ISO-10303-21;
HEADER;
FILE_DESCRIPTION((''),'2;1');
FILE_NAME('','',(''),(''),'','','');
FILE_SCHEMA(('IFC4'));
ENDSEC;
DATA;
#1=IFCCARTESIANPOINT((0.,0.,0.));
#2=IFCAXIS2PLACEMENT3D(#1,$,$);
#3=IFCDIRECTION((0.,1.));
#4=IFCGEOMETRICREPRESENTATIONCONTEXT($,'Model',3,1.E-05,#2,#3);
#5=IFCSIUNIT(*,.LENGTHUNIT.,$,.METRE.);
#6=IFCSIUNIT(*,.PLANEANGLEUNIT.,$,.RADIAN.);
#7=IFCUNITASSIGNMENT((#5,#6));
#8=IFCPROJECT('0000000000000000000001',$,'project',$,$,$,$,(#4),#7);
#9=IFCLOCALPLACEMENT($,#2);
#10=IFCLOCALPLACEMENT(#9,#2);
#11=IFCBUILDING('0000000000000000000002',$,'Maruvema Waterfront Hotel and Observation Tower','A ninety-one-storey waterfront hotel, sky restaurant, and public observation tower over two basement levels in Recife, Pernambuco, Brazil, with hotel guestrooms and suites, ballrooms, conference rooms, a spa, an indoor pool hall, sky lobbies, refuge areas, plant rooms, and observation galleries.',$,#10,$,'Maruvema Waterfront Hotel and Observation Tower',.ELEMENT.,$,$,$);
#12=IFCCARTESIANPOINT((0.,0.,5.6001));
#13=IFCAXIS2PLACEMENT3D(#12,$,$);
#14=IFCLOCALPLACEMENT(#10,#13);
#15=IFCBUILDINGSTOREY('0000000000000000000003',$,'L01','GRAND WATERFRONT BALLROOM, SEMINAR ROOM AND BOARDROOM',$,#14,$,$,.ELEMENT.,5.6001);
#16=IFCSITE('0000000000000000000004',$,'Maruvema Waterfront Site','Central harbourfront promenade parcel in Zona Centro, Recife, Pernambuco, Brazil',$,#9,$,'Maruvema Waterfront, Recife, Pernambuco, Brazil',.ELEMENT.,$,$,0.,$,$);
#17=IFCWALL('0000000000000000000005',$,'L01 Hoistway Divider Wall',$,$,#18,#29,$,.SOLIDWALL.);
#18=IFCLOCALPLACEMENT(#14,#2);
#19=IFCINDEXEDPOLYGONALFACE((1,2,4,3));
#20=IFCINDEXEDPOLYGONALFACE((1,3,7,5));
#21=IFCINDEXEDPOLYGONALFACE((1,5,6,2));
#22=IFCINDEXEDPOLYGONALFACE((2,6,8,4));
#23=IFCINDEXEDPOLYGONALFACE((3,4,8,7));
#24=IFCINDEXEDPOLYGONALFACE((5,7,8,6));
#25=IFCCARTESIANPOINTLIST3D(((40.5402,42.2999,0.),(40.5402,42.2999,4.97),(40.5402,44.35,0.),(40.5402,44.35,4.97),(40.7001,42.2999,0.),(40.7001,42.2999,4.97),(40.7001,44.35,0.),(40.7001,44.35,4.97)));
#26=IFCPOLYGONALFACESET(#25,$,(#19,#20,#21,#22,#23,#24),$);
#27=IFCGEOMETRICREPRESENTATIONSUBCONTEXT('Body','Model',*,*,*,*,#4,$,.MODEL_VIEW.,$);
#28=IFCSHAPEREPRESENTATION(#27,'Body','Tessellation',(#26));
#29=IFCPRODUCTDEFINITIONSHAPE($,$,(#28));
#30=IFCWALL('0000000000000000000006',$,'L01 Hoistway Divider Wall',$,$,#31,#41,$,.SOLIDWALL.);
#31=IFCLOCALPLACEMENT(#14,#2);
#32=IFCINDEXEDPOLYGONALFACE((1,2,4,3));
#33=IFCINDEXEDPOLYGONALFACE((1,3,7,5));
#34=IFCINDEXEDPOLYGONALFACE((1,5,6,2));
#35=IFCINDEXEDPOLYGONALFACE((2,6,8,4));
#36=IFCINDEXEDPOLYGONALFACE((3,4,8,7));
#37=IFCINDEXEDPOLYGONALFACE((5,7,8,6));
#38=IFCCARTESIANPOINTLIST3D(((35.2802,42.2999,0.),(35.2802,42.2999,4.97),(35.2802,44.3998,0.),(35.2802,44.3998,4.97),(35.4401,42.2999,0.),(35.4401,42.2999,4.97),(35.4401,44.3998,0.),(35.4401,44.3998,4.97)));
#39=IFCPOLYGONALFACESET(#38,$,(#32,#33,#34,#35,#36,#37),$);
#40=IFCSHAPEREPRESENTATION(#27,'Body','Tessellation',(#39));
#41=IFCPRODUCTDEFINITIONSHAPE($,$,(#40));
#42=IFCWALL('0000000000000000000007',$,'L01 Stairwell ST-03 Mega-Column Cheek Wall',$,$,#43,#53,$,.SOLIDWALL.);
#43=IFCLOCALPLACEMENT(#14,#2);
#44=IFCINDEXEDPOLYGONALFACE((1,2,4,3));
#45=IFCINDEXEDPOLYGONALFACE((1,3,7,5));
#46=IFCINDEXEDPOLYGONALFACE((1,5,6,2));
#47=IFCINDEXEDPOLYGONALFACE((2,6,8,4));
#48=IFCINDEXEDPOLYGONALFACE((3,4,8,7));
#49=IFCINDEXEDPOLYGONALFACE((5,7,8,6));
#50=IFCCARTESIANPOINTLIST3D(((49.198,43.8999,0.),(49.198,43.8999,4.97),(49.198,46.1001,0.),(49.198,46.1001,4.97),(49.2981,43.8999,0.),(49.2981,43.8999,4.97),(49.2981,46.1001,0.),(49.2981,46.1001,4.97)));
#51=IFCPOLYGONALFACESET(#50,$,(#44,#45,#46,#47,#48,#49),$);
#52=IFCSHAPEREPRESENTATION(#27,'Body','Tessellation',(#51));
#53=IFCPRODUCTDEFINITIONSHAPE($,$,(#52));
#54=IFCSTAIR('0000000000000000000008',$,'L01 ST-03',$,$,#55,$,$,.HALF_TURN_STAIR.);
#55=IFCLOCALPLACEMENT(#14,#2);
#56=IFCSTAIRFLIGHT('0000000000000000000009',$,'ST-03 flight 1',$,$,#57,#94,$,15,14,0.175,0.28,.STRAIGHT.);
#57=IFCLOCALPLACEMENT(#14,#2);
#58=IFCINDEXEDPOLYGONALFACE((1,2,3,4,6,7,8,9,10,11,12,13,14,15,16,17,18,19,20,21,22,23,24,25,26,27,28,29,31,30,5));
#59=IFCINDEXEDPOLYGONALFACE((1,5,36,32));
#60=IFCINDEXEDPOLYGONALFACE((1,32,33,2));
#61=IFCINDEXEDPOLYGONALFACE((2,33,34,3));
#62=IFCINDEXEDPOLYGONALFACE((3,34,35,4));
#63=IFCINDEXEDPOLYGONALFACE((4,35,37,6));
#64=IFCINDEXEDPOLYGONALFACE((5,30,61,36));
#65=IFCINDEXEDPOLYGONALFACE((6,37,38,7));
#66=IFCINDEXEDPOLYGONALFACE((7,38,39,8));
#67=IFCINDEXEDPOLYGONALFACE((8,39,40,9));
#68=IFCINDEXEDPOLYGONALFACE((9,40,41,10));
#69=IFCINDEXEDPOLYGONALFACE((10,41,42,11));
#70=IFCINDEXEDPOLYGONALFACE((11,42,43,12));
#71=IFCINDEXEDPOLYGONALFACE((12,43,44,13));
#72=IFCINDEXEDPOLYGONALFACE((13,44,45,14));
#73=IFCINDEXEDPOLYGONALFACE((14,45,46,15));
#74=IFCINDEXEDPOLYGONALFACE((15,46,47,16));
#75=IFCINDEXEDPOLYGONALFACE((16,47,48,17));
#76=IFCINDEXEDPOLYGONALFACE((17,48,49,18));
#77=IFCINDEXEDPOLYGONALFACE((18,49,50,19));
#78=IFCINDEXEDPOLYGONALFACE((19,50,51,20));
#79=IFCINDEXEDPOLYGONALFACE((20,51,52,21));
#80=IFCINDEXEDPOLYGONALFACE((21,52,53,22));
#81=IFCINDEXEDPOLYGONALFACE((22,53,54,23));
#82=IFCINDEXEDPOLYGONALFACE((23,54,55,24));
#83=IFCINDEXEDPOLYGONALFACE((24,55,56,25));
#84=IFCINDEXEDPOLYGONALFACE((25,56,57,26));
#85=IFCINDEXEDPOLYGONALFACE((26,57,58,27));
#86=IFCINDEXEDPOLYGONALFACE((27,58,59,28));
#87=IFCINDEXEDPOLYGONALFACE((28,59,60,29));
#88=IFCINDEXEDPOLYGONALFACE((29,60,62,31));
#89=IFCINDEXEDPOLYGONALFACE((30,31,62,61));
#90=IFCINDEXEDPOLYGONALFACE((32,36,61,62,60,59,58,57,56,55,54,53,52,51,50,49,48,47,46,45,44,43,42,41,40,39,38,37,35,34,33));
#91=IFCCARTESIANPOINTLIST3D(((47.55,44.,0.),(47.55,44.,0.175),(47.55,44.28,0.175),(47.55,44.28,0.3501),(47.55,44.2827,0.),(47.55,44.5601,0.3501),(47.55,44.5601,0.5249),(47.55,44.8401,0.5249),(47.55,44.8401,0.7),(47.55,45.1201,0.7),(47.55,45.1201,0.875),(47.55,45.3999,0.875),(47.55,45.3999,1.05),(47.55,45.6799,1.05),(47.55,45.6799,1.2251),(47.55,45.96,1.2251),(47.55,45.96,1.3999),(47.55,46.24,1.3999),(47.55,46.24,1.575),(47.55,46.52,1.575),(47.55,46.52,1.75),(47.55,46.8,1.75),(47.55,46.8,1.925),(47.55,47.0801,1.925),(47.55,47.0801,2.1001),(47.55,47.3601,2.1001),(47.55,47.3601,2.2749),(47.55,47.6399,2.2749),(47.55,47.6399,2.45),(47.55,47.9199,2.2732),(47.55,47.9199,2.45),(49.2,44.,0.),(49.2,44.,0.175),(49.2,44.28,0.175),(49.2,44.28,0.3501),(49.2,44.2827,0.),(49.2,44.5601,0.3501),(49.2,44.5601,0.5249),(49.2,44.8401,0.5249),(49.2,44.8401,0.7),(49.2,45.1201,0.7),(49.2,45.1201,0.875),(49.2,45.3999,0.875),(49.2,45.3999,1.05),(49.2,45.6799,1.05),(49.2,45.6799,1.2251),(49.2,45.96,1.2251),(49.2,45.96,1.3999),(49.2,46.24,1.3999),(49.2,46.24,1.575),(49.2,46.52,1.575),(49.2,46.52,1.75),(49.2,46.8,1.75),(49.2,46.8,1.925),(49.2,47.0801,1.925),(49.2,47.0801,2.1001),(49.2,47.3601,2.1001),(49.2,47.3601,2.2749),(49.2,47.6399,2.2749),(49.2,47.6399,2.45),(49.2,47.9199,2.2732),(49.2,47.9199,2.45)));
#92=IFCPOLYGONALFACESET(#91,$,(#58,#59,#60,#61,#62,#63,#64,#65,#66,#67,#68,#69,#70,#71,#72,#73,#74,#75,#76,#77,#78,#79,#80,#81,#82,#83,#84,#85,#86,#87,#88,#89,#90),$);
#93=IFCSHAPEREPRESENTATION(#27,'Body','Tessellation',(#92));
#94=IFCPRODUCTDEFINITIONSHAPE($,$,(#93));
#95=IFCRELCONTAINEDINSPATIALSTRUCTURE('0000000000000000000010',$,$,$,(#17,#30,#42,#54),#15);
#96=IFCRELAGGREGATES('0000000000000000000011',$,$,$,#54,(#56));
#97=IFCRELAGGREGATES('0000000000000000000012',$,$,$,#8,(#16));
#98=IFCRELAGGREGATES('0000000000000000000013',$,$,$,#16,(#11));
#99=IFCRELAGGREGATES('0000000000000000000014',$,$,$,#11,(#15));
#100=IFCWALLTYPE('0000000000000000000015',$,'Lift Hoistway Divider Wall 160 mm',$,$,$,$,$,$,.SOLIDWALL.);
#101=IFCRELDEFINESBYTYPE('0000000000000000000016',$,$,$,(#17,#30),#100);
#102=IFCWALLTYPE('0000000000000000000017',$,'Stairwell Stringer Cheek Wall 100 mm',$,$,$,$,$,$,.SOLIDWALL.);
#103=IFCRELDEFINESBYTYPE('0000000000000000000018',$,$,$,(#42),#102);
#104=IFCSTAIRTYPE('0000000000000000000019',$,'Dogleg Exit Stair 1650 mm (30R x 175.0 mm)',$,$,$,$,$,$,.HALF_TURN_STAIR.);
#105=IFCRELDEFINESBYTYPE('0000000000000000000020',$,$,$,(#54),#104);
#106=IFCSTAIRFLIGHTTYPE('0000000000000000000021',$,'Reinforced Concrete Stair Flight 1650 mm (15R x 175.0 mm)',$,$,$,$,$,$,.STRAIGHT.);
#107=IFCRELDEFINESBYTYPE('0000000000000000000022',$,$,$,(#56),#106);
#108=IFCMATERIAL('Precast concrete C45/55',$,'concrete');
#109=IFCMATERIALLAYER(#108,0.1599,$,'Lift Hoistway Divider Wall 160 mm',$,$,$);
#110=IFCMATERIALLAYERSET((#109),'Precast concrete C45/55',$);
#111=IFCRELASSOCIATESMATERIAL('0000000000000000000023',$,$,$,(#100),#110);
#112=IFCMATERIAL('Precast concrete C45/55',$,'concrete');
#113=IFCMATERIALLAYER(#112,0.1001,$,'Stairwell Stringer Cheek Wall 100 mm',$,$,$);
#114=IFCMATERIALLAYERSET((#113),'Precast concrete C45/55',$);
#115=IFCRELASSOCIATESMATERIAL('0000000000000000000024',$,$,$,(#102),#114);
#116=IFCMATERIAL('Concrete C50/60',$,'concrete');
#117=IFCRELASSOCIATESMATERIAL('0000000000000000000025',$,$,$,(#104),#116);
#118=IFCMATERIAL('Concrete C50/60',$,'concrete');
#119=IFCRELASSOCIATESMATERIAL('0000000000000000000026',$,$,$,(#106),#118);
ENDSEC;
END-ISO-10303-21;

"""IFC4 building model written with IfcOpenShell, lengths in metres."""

from ifc_helpers import new_model, si_unit, direction, frame, frame_2d, origin, place, context, subcontext, project, spatial, polyline, rectangle, outline, extrude, material, layer, layer_set, type_object, element, aggregate, save


model = new_model("IFC4")

# Units and contexts
model_context = context("Model", 3, precision=1e-05, world=origin(), true_north=direction((0.0, 1.0)))
body_context = subcontext(model_context, "Body", "Model", "MODEL_VIEW")
ifc_project = project(units=[si_unit("LENGTHUNIT", "METRE"), si_unit("PLANEANGLEUNIT", "RADIAN")], contexts=[model_context])

# Site, building, storey
site_placement = place(None, origin())
site = spatial("IfcSite", under=ifc_project, at=site_placement, Name="Maruvema Waterfront Site", Description="Central harbourfront promenade parcel in Zona Centro, Recife, Pernambuco, Brazil", LongName="Maruvema Waterfront, Recife, Pernambuco, Brazil", CompositionType="ELEMENT", RefElevation=0.0)
building_placement = place(site_placement, origin())
building = spatial("IfcBuilding", under=site, at=building_placement, Name="Maruvema Waterfront Hotel and Observation Tower", Description="A ninety-one-storey waterfront hotel, sky restaurant, and public observation tower over two basement levels in Recife, Pernambuco, Brazil, with hotel guestrooms and suites, ballrooms, conference rooms, a spa, an indoor pool hall, sky lobbies, refuge areas, plant rooms, and observation galleries.", LongName="Maruvema Waterfront Hotel and Observation Tower", CompositionType="ELEMENT")
storey_placement = place(building_placement, frame((0.0, 0.0, 5.6001)))
storey = spatial("IfcBuildingStorey", under=building, at=storey_placement, Name="L01", Description="GRAND WATERFRONT BALLROOM, SEMINAR ROOM AND BOARDROOM", CompositionType="ELEMENT", Elevation=5.6001)

# Walls
ifc_material_1 = material(Name="Precast concrete C45/55", Category="concrete")
ifc_layer_1 = layer(ifc_material_1, 0.1599, Name="Lift Hoistway Divider Wall 160 mm")
ifc_layer_set_1 = layer_set([ifc_layer_1], Name="Precast concrete C45/55")
wall_type_1 = type_object("IfcWallType", Name="Lift Hoistway Divider Wall 160 mm", PredefinedType="SOLIDWALL", material=ifc_layer_set_1)
for number, where, z_axis, x_axis, name in (
    (1, (40.6201, 42.3, 0.0), (0.0, 0.0, 1.0), (0.0, 1.0, 0.0), "L01 Hoistway Divider Wall"),
):
    element("IfcWall", number, at=place(storey_placement, frame(where, z_axis=z_axis, x_axis=x_axis)), inside=storey, type_object=wall_type_1, Name=name, PredefinedType="SOLIDWALL", context=body_context, shape_type="SweptSolid", body=[
        extrude(rectangle(XDim=2.05, YDim=0.1599, at=frame_2d((1.0249, 0.0))), origin(), (0.0, 0.0, 1.0), 4.97),
    ])
wall_1_placement = place(storey_placement, frame((35.3601, 42.3, 0.0), z_axis=(0.0, 0.0, 1.0), x_axis=(0.0, 1.0, 0.0)))
element("IfcWall", 2, at=wall_1_placement, inside=storey, type_object=wall_type_1, Name="L01 Hoistway Divider Wall", PredefinedType="SOLIDWALL", context=body_context, shape_type="SweptSolid", body=[
    extrude(rectangle(XDim=2.0999, YDim=0.1599, at=frame_2d((1.0498, 0.0))), origin(), (0.0, 0.0, 1.0), 4.97),
])
ifc_material_2 = material(Name="Precast concrete C45/55", Category="concrete")
ifc_layer_2 = layer(ifc_material_2, 0.1001, Name="Stairwell Stringer Cheek Wall 100 mm")
ifc_layer_set_2 = layer_set([ifc_layer_2], Name="Precast concrete C45/55")
wall_type_2 = type_object("IfcWallType", Name="Stairwell Stringer Cheek Wall 100 mm", PredefinedType="SOLIDWALL", material=ifc_layer_set_2)
wall_2_placement = place(storey_placement, frame((49.248, 43.8999, 0.0), z_axis=(0.0, 0.0, 1.0), x_axis=(0.0, 1.0, 0.0)))
element("IfcWall", 3, at=wall_2_placement, inside=storey, type_object=wall_type_2, Name="L01 Stairwell ST-03 Mega-Column Cheek Wall", PredefinedType="SOLIDWALL", context=body_context, shape_type="SweptSolid", body=[
    extrude(rectangle(XDim=2.2002, YDim=0.1001, at=frame_2d((1.1001, 0.0))), origin(), (0.0, 0.0, 1.0), 4.97),
])

# Stair, stair flight
ifc_material_3 = material(Name="Concrete C50/60", Category="concrete")
stair_type = type_object("IfcStairType", Name="Dogleg Exit Stair 1650 mm (30R x 175.0 mm)", PredefinedType="HALF_TURN_STAIR", material=ifc_material_3)
stair_placement = place(storey_placement, origin())
stair = element("IfcStair", 4, at=stair_placement, inside=storey, type_object=stair_type, Name="L01 ST-03", PredefinedType="HALF_TURN_STAIR")
ifc_material_4 = material(Name="Concrete C50/60", Category="concrete")
stair_flight_type = type_object("IfcStairFlightType", Name="Reinforced Concrete Stair Flight 1650 mm (15R x 175.0 mm)", PredefinedType="STRAIGHT", material=ifc_material_4)
stair_flight_placement = place(storey_placement, frame((48.375, 44.0, 0.0), z_axis=(0.0, 0.0, 1.0), x_axis=(0.0, 1.0, 0.0)))
stair_flight = element("IfcStairFlight", 5, at=stair_flight_placement, type_object=stair_flight_type, Name="ST-03 flight 1", NumberOfRisers=15, NumberOfTreads=14, PredefinedType="STRAIGHT", RiserHeight=0.175, TreadLength=0.28, context=body_context, shape_type="SweptSolid", body=[
    extrude(outline(polyline([(0.0, 0.0), (0.0, 0.175), (0.28, 0.175), (0.28, 0.3501), (0.5601, 0.3501), (0.5601, 0.5249), (0.8401, 0.5249), (0.8401, 0.7), (1.1201, 0.7), (1.1201, 0.875), (1.3999, 0.875), (1.3999, 1.05), (1.6799, 1.05), (1.6799, 1.2251), (1.96, 1.2251), (1.96, 1.3999), (2.24, 1.3999), (2.24, 1.575), (2.52, 1.575), (2.52, 1.75), (2.8, 1.75), (2.8, 1.925), (3.0801, 1.925), (3.0801, 2.1001), (3.3601, 2.1001), (3.3601, 2.2749), (3.6399, 2.2749), (3.6399, 2.45), (3.9199, 2.45), (3.9199, 2.625), (3.9199, 2.2732), (0.2827, 0.0), (0.0, 0.0)])), frame((0.0, 0.825, 0.0), z_axis=(0.0, -1.0, 0.0), x_axis=(1.0, 0.0, 0.0)), (0.0, 0.0, 1.0), 1.6499),
])
aggregate(stair, [stair_flight])

save(model, "model.ifc")
